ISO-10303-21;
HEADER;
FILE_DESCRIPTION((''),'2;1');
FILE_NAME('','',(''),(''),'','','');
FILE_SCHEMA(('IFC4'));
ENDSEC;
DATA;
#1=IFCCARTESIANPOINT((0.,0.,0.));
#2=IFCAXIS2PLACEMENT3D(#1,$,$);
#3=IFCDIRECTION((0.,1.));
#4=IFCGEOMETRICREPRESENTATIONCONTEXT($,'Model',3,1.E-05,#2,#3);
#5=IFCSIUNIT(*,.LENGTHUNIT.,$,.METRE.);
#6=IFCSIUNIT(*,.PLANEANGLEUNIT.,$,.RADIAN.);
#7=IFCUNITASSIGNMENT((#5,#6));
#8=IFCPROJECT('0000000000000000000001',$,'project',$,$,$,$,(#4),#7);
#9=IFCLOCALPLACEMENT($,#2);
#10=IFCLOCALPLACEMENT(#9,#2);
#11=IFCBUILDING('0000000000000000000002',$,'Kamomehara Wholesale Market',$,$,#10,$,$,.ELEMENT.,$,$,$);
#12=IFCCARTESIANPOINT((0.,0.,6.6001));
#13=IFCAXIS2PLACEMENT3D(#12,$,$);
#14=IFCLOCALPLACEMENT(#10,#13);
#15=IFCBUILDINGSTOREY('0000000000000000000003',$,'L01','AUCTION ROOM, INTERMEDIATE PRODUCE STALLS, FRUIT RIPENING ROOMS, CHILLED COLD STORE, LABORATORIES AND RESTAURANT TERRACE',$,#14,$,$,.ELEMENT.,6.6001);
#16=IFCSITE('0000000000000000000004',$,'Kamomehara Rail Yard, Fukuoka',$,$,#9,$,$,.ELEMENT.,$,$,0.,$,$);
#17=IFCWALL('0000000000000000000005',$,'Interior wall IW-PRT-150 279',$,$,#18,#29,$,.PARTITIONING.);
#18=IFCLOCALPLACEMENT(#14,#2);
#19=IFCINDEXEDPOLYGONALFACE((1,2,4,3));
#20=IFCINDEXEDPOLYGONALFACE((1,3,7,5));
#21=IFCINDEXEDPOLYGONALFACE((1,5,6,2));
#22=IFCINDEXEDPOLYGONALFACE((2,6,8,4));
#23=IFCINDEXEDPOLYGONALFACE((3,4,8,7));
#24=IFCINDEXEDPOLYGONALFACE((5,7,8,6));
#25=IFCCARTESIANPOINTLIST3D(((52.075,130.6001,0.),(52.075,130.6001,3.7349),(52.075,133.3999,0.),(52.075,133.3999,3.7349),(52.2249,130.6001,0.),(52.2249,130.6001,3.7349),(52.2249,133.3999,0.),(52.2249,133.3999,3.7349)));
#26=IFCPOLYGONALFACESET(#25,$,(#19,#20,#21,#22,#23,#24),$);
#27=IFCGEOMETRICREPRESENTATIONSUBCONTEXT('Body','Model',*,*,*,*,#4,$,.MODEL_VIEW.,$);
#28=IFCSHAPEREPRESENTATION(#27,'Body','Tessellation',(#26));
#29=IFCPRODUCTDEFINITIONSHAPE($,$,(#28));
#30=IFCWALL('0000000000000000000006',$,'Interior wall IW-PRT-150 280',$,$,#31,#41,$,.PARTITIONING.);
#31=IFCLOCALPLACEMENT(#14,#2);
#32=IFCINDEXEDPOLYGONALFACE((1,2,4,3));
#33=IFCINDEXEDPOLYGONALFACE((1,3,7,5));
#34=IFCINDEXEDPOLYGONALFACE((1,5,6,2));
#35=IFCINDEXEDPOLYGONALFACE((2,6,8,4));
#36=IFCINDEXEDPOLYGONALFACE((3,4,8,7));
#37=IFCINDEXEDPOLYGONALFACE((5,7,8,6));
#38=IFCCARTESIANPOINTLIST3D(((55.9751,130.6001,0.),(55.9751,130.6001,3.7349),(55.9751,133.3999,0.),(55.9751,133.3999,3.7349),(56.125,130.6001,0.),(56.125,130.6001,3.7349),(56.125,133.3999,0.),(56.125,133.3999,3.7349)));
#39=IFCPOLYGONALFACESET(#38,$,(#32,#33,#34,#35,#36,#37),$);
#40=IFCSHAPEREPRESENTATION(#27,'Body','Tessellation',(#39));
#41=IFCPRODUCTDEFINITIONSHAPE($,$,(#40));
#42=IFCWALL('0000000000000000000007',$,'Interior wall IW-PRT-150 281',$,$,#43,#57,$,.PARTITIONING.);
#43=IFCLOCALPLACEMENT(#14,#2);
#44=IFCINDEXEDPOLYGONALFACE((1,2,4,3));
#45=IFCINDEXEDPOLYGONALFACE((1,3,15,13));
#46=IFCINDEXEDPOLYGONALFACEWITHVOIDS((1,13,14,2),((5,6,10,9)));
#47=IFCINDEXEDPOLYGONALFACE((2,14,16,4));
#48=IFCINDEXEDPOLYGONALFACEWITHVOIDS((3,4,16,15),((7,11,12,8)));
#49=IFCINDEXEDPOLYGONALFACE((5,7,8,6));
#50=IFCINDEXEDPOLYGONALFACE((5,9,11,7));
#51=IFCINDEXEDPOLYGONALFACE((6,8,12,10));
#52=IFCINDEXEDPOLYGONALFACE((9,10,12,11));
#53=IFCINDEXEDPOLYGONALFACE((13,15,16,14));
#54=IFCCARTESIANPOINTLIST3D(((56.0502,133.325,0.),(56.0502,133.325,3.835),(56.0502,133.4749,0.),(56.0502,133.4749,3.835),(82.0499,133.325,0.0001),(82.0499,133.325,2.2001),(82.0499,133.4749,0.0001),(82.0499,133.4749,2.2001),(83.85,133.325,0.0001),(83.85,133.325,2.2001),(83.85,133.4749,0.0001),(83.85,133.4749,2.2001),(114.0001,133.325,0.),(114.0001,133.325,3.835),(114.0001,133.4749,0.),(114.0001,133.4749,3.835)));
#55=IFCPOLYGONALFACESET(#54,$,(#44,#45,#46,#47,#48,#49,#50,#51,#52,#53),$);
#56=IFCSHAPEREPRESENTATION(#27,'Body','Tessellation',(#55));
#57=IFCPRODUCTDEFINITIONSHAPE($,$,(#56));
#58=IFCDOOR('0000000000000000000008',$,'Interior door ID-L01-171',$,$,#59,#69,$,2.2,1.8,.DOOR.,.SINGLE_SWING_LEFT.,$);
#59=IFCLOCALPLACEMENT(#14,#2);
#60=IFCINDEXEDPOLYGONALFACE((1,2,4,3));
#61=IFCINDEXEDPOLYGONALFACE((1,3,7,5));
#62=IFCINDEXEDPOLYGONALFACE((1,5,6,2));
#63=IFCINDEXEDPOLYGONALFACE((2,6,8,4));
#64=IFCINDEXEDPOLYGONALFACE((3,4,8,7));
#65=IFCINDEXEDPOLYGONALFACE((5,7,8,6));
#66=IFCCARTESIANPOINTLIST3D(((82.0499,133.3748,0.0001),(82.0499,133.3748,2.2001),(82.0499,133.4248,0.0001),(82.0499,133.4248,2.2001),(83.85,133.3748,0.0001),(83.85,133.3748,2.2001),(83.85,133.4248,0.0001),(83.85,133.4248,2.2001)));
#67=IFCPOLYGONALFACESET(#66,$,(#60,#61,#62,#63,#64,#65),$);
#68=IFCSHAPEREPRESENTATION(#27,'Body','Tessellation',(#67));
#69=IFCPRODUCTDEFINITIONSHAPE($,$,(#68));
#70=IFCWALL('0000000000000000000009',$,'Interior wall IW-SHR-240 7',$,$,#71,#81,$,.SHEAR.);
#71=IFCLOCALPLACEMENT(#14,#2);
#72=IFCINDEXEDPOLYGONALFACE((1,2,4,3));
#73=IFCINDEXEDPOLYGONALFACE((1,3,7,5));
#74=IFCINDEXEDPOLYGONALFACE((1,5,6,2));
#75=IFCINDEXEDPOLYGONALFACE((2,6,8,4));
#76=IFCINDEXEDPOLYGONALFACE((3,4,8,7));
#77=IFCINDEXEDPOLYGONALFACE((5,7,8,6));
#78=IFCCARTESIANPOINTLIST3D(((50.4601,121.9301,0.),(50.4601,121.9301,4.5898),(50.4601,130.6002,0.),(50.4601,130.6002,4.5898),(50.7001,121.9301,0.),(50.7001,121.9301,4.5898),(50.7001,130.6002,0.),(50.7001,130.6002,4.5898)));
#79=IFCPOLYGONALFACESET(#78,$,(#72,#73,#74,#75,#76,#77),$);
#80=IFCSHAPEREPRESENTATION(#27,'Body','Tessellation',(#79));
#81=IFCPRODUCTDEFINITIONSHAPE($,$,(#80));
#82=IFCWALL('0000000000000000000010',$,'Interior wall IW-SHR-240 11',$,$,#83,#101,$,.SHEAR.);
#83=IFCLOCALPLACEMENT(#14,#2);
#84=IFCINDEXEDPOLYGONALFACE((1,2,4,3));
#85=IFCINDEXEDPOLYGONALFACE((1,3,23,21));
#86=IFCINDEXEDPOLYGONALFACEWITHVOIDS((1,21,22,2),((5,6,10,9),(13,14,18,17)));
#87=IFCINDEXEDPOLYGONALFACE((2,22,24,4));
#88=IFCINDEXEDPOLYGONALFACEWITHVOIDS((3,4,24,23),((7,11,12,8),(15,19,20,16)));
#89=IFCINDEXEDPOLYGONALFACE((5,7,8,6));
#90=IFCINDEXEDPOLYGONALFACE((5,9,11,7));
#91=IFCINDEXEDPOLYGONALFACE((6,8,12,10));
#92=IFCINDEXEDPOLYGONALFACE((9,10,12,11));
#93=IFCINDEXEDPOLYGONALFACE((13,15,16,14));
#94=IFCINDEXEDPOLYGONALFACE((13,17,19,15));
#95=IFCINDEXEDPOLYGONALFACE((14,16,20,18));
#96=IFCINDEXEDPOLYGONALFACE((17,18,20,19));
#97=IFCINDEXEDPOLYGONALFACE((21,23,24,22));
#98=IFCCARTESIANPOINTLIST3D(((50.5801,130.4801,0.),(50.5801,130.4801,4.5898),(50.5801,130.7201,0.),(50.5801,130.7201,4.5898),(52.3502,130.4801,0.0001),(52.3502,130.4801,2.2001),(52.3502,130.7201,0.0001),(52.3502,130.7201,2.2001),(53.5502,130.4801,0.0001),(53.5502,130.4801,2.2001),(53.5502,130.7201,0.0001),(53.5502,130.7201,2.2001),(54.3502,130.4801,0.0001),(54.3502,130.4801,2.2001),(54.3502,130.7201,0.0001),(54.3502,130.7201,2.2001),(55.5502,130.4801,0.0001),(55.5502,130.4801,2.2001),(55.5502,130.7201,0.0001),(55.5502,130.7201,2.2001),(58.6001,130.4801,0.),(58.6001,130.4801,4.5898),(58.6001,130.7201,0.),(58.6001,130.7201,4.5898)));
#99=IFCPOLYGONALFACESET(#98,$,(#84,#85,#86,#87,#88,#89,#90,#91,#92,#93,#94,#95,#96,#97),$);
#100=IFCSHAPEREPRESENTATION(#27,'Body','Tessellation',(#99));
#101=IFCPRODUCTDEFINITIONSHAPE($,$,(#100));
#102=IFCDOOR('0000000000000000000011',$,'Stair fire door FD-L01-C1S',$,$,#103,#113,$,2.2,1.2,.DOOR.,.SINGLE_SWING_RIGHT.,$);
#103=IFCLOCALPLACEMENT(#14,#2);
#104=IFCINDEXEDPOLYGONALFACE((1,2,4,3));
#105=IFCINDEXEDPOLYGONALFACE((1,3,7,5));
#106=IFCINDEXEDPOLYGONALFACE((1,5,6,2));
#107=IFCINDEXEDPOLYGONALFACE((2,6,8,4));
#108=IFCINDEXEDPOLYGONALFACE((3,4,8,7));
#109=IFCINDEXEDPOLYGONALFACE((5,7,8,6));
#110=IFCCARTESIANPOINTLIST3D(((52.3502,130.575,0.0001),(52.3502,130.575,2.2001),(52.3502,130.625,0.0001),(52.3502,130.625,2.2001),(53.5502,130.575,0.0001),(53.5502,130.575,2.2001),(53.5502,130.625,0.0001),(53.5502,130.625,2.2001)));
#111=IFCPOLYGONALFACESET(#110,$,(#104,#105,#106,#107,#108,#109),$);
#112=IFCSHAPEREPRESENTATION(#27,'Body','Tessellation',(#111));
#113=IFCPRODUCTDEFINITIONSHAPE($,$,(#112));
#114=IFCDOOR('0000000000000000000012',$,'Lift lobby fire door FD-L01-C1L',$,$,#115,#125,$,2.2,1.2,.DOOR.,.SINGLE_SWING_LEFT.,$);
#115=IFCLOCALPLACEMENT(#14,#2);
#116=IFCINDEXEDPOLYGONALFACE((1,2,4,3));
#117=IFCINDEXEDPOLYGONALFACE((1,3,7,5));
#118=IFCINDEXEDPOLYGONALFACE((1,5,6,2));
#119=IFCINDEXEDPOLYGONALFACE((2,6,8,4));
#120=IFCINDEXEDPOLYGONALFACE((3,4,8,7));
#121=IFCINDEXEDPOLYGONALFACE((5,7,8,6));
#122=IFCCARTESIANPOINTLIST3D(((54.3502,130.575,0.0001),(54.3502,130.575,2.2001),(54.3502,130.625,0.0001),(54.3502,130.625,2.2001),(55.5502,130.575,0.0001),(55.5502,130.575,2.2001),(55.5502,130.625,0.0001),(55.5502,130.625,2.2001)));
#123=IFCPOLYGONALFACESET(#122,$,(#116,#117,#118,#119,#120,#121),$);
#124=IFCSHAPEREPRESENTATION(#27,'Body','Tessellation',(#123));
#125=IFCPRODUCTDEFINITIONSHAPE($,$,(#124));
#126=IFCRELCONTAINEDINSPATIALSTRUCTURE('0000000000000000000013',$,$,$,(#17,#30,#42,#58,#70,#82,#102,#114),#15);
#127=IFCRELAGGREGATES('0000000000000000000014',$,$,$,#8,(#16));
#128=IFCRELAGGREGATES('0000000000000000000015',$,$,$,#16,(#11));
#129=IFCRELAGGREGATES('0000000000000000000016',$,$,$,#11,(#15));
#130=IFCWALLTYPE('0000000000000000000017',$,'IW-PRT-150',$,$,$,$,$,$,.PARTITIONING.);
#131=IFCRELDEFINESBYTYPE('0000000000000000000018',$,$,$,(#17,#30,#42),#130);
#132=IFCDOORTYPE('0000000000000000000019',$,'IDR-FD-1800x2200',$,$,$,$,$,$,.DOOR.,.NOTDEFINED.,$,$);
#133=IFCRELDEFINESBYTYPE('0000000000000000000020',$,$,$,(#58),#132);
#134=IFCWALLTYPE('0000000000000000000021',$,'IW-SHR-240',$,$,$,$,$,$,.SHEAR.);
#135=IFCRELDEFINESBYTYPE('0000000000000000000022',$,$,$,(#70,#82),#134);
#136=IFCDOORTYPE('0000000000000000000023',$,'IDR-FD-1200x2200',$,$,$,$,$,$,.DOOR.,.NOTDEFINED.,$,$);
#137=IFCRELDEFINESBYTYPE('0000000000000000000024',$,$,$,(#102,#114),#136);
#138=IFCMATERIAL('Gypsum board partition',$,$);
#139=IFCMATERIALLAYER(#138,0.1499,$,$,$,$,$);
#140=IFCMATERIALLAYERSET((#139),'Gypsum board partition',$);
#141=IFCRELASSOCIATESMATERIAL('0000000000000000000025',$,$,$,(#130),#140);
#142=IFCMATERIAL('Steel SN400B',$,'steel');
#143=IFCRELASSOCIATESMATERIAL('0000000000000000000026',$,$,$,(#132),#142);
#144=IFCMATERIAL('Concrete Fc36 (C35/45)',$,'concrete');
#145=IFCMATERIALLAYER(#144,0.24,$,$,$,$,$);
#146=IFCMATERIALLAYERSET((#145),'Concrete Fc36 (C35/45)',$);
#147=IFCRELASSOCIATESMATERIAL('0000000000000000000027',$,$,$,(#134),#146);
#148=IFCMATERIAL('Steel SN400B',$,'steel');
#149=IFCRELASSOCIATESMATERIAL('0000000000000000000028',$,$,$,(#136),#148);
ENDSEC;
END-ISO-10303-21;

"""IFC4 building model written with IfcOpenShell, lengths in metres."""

from ifc_helpers import new_model, si_unit, direction, frame, frame_2d, origin, place, context, subcontext, project, spatial, rectangle, extrude, material, layer, layer_set, type_object, element, fill, save


model = new_model("IFC4")

# Units and contexts
model_context = context("Model", 3, precision=1e-05, world=origin(), true_north=direction((0.0, 1.0)))
body_context = subcontext(model_context, "Body", "Model", "MODEL_VIEW")
ifc_project = project(units=[si_unit("LENGTHUNIT", "METRE"), si_unit("PLANEANGLEUNIT", "RADIAN")], contexts=[model_context])

# Site, building, storey
site_placement = place(None, origin())
site = spatial("IfcSite", under=ifc_project, at=site_placement, Name="Kamomehara Rail Yard, Fukuoka", CompositionType="ELEMENT", RefElevation=0.0)
building_placement = place(site_placement, origin())
building = spatial("IfcBuilding", under=site, at=building_placement, Name="Kamomehara Wholesale Market", CompositionType="ELEMENT")
storey_placement = place(building_placement, frame((0.0, 0.0, 6.6001)))
storey = spatial("IfcBuildingStorey", under=building, at=storey_placement, Name="L01", Description="AUCTION ROOM, INTERMEDIATE PRODUCE STALLS, FRUIT RIPENING ROOMS, CHILLED COLD STORE, LABORATORIES AND RESTAURANT TERRACE", CompositionType="ELEMENT", Elevation=6.6001)

# Walls
ifc_material_1 = material(Name="Gypsum board partition")
ifc_layer_1 = layer(ifc_material_1, 0.1499)
ifc_layer_set_1 = layer_set([ifc_layer_1], Name="Gypsum board partition")
wall_type_1 = type_object("IfcWallType", Name="IW-PRT-150", PredefinedType="PARTITIONING", material=ifc_layer_set_1)
for number, where, z_axis, x_axis, name in (
    (1, (52.1499, 130.6001, 0.0), (0.0, 0.0, 1.0), (0.0, 1.0, 0.0), "Interior wall IW-PRT-150 279"),
    (2, (56.05, 130.6001, 0.0), (0.0, 0.0, 1.0), (0.0, 1.0, 0.0), "Interior wall IW-PRT-150 280"),
):
    element("IfcWall", number, at=place(storey_placement, frame(where, z_axis=z_axis, x_axis=x_axis)), inside=storey, type_object=wall_type_1, Name=name, PredefinedType="PARTITIONING", context=body_context, shape_type="SweptSolid", body=[
        extrude(rectangle(XDim=2.7998, YDim=0.1499, at=frame_2d((1.3999, 0.0))), origin(), (0.0, 0.0, 1.0), 3.7349),
    ])

# Wall, opening, door
wall_1_placement = place(storey_placement, frame((56.05, 133.3999, 0.0), z_axis=(0.0, 0.0, 1.0), x_axis=(1.0, 0.0, 0.0)))
wall_1 = element("IfcWall", 3, at=wall_1_placement, inside=storey, type_object=wall_type_1, Name="Interior wall IW-PRT-150 281", PredefinedType="PARTITIONING", context=body_context, shape_type="SweptSolid", body=[
    extrude(rectangle(XDim=57.95, YDim=0.1499, at=frame_2d((28.9751, 0.0))), origin(), (0.0, 0.0, 1.0), 3.835),
])
opening_1_placement = place(wall_1_placement, frame((26.0, 0.0, 0.0)))
opening_1 = element("IfcOpeningElement", 4, at=opening_1_placement, cuts=wall_1, PredefinedType="OPENING", context=body_context, shape_type="SweptSolid", body=[
    extrude(rectangle(XDim=1.8, YDim=2.2, at=frame_2d((0.8999, 1.1001))), frame((0.0, 0.0898, 0.0), z_axis=(0.0, -1.0, 0.0), x_axis=(1.0, 0.0, 0.0)), (0.0, 0.0, 1.0), 0.1797),
])
ifc_material_2 = material(Name="Steel SN400B", Category="steel")
door_type_1 = type_object("IfcDoorType", Name="IDR-FD-1800x2200", OperationType="NOTDEFINED", PredefinedType="DOOR", material=ifc_material_2)
door_1_placement = place(opening_1_placement, origin())
door_1 = element("IfcDoor", 5, at=door_1_placement, inside=storey, type_object=door_type_1, Name="Interior door ID-L01-171", OperationType="SINGLE_SWING_LEFT", OverallHeight=2.2, OverallWidth=1.8, PredefinedType="DOOR", context=body_context, shape_type="SweptSolid", body=[
    extrude(rectangle(XDim=1.8, YDim=2.2, at=frame_2d((0.8999, 1.1001))), frame((0.0, 0.0249, 0.0), z_axis=(0.0, -1.0, 0.0), x_axis=(1.0, 0.0, 0.0)), (0.0, 0.0, 1.0), 0.05),
])
fill(opening_1, door_1)

# Wall
ifc_material_3 = material(Name="Concrete Fc36 (C35/45)", Category="concrete")
ifc_layer_2 = layer(ifc_material_3, 0.24)
ifc_layer_set_2 = layer_set([ifc_layer_2], Name="Concrete Fc36 (C35/45)")
wall_type_2 = type_object("IfcWallType", Name="IW-SHR-240", PredefinedType="SHEAR", material=ifc_layer_set_2)
wall_2_placement = place(storey_placement, frame((50.5801, 130.6001, 0.0), z_axis=(0.0, 0.0, 1.0), x_axis=(0.0, -1.0, 0.0)))
element("IfcWall", 6, at=wall_2_placement, inside=storey, type_object=wall_type_2, Name="Interior wall IW-SHR-240 7", PredefinedType="SHEAR", context=body_context, shape_type="SweptSolid", body=[
    extrude(rectangle(XDim=8.6702, YDim=0.24, at=frame_2d((4.335, 0.0))), origin(), (0.0, 0.0, 1.0), 4.5898),
])

# Wall, openings, doors
wall_3_placement = place(storey_placement, frame((50.5801, 130.6001, 0.0), z_axis=(0.0, 0.0, 1.0), x_axis=(1.0, 0.0, 0.0)))
wall_3 = element("IfcWall", 7, at=wall_3_placement, inside=storey, type_object=wall_type_2, Name="Interior wall IW-SHR-240 11", PredefinedType="SHEAR", context=body_context, shape_type="SweptSolid", body=[
    extrude(rectangle(XDim=8.02, YDim=0.24, at=frame_2d((4.01, 0.0))), origin(), (0.0, 0.0, 1.0), 4.5898),
])
opening_2_placement = place(wall_3_placement, frame((1.77, 0.0, 0.0)))
opening_2 = element("IfcOpeningElement", 8, at=opening_2_placement, cuts=wall_3, PredefinedType="OPENING", context=body_context, shape_type="SweptSolid", body=[
    extrude(rectangle(XDim=1.2, YDim=2.2, at=frame_2d((0.6001, 1.1001))), frame((0.0, 0.1348, 0.0), z_axis=(0.0, -1.0, 0.0), x_axis=(1.0, 0.0, 0.0)), (0.0, 0.0, 1.0), 0.2698),
])
opening_3_placement = place(wall_3_placement, frame((3.77, 0.0, 0.0)))
opening_3 = element("IfcOpeningElement", 9, at=opening_3_placement, cuts=wall_3, PredefinedType="OPENING", context=body_context, shape_type="SweptSolid", body=[
    extrude(rectangle(XDim=1.2, YDim=2.2, at=frame_2d((0.6001, 1.1001))), frame((0.0, 0.1348, 0.0), z_axis=(0.0, -1.0, 0.0), x_axis=(1.0, 0.0, 0.0)), (0.0, 0.0, 1.0), 0.2698),
])
ifc_material_4 = material(Name="Steel SN400B", Category="steel")
door_type_2 = type_object("IfcDoorType", Name="IDR-FD-1200x2200", OperationType="NOTDEFINED", PredefinedType="DOOR", material=ifc_material_4)
door_2_placement = place(opening_2_placement, origin())
door_2 = element("IfcDoor", 10, at=door_2_placement, inside=storey, type_object=door_type_2, Name="Stair fire door FD-L01-C1S", OperationType="SINGLE_SWING_RIGHT", OverallHeight=2.2, OverallWidth=1.2, PredefinedType="DOOR", context=body_context, shape_type="SweptSolid", body=[
    extrude(rectangle(XDim=1.2, YDim=2.2, at=frame_2d((0.6001, 1.1001))), frame((0.0, 0.0249, 0.0), z_axis=(0.0, -1.0, 0.0), x_axis=(1.0, 0.0, 0.0)), (0.0, 0.0, 1.0), 0.05),
])
fill(opening_2, door_2)
door_3_placement = place(opening_3_placement, origin())
door_3 = element("IfcDoor", 11, at=door_3_placement, inside=storey, type_object=door_type_2, Name="Lift lobby fire door FD-L01-C1L", OperationType="SINGLE_SWING_LEFT", OverallHeight=2.2, OverallWidth=1.2, PredefinedType="DOOR", context=body_context, shape_type="SweptSolid", body=[
    extrude(rectangle(XDim=1.2, YDim=2.2, at=frame_2d((0.6001, 1.1001))), frame((0.0, 0.0249, 0.0), z_axis=(0.0, -1.0, 0.0), x_axis=(1.0, 0.0, 0.0)), (0.0, 0.0, 1.0), 0.05),
])
fill(opening_3, door_3)

save(model, "model.ifc")
